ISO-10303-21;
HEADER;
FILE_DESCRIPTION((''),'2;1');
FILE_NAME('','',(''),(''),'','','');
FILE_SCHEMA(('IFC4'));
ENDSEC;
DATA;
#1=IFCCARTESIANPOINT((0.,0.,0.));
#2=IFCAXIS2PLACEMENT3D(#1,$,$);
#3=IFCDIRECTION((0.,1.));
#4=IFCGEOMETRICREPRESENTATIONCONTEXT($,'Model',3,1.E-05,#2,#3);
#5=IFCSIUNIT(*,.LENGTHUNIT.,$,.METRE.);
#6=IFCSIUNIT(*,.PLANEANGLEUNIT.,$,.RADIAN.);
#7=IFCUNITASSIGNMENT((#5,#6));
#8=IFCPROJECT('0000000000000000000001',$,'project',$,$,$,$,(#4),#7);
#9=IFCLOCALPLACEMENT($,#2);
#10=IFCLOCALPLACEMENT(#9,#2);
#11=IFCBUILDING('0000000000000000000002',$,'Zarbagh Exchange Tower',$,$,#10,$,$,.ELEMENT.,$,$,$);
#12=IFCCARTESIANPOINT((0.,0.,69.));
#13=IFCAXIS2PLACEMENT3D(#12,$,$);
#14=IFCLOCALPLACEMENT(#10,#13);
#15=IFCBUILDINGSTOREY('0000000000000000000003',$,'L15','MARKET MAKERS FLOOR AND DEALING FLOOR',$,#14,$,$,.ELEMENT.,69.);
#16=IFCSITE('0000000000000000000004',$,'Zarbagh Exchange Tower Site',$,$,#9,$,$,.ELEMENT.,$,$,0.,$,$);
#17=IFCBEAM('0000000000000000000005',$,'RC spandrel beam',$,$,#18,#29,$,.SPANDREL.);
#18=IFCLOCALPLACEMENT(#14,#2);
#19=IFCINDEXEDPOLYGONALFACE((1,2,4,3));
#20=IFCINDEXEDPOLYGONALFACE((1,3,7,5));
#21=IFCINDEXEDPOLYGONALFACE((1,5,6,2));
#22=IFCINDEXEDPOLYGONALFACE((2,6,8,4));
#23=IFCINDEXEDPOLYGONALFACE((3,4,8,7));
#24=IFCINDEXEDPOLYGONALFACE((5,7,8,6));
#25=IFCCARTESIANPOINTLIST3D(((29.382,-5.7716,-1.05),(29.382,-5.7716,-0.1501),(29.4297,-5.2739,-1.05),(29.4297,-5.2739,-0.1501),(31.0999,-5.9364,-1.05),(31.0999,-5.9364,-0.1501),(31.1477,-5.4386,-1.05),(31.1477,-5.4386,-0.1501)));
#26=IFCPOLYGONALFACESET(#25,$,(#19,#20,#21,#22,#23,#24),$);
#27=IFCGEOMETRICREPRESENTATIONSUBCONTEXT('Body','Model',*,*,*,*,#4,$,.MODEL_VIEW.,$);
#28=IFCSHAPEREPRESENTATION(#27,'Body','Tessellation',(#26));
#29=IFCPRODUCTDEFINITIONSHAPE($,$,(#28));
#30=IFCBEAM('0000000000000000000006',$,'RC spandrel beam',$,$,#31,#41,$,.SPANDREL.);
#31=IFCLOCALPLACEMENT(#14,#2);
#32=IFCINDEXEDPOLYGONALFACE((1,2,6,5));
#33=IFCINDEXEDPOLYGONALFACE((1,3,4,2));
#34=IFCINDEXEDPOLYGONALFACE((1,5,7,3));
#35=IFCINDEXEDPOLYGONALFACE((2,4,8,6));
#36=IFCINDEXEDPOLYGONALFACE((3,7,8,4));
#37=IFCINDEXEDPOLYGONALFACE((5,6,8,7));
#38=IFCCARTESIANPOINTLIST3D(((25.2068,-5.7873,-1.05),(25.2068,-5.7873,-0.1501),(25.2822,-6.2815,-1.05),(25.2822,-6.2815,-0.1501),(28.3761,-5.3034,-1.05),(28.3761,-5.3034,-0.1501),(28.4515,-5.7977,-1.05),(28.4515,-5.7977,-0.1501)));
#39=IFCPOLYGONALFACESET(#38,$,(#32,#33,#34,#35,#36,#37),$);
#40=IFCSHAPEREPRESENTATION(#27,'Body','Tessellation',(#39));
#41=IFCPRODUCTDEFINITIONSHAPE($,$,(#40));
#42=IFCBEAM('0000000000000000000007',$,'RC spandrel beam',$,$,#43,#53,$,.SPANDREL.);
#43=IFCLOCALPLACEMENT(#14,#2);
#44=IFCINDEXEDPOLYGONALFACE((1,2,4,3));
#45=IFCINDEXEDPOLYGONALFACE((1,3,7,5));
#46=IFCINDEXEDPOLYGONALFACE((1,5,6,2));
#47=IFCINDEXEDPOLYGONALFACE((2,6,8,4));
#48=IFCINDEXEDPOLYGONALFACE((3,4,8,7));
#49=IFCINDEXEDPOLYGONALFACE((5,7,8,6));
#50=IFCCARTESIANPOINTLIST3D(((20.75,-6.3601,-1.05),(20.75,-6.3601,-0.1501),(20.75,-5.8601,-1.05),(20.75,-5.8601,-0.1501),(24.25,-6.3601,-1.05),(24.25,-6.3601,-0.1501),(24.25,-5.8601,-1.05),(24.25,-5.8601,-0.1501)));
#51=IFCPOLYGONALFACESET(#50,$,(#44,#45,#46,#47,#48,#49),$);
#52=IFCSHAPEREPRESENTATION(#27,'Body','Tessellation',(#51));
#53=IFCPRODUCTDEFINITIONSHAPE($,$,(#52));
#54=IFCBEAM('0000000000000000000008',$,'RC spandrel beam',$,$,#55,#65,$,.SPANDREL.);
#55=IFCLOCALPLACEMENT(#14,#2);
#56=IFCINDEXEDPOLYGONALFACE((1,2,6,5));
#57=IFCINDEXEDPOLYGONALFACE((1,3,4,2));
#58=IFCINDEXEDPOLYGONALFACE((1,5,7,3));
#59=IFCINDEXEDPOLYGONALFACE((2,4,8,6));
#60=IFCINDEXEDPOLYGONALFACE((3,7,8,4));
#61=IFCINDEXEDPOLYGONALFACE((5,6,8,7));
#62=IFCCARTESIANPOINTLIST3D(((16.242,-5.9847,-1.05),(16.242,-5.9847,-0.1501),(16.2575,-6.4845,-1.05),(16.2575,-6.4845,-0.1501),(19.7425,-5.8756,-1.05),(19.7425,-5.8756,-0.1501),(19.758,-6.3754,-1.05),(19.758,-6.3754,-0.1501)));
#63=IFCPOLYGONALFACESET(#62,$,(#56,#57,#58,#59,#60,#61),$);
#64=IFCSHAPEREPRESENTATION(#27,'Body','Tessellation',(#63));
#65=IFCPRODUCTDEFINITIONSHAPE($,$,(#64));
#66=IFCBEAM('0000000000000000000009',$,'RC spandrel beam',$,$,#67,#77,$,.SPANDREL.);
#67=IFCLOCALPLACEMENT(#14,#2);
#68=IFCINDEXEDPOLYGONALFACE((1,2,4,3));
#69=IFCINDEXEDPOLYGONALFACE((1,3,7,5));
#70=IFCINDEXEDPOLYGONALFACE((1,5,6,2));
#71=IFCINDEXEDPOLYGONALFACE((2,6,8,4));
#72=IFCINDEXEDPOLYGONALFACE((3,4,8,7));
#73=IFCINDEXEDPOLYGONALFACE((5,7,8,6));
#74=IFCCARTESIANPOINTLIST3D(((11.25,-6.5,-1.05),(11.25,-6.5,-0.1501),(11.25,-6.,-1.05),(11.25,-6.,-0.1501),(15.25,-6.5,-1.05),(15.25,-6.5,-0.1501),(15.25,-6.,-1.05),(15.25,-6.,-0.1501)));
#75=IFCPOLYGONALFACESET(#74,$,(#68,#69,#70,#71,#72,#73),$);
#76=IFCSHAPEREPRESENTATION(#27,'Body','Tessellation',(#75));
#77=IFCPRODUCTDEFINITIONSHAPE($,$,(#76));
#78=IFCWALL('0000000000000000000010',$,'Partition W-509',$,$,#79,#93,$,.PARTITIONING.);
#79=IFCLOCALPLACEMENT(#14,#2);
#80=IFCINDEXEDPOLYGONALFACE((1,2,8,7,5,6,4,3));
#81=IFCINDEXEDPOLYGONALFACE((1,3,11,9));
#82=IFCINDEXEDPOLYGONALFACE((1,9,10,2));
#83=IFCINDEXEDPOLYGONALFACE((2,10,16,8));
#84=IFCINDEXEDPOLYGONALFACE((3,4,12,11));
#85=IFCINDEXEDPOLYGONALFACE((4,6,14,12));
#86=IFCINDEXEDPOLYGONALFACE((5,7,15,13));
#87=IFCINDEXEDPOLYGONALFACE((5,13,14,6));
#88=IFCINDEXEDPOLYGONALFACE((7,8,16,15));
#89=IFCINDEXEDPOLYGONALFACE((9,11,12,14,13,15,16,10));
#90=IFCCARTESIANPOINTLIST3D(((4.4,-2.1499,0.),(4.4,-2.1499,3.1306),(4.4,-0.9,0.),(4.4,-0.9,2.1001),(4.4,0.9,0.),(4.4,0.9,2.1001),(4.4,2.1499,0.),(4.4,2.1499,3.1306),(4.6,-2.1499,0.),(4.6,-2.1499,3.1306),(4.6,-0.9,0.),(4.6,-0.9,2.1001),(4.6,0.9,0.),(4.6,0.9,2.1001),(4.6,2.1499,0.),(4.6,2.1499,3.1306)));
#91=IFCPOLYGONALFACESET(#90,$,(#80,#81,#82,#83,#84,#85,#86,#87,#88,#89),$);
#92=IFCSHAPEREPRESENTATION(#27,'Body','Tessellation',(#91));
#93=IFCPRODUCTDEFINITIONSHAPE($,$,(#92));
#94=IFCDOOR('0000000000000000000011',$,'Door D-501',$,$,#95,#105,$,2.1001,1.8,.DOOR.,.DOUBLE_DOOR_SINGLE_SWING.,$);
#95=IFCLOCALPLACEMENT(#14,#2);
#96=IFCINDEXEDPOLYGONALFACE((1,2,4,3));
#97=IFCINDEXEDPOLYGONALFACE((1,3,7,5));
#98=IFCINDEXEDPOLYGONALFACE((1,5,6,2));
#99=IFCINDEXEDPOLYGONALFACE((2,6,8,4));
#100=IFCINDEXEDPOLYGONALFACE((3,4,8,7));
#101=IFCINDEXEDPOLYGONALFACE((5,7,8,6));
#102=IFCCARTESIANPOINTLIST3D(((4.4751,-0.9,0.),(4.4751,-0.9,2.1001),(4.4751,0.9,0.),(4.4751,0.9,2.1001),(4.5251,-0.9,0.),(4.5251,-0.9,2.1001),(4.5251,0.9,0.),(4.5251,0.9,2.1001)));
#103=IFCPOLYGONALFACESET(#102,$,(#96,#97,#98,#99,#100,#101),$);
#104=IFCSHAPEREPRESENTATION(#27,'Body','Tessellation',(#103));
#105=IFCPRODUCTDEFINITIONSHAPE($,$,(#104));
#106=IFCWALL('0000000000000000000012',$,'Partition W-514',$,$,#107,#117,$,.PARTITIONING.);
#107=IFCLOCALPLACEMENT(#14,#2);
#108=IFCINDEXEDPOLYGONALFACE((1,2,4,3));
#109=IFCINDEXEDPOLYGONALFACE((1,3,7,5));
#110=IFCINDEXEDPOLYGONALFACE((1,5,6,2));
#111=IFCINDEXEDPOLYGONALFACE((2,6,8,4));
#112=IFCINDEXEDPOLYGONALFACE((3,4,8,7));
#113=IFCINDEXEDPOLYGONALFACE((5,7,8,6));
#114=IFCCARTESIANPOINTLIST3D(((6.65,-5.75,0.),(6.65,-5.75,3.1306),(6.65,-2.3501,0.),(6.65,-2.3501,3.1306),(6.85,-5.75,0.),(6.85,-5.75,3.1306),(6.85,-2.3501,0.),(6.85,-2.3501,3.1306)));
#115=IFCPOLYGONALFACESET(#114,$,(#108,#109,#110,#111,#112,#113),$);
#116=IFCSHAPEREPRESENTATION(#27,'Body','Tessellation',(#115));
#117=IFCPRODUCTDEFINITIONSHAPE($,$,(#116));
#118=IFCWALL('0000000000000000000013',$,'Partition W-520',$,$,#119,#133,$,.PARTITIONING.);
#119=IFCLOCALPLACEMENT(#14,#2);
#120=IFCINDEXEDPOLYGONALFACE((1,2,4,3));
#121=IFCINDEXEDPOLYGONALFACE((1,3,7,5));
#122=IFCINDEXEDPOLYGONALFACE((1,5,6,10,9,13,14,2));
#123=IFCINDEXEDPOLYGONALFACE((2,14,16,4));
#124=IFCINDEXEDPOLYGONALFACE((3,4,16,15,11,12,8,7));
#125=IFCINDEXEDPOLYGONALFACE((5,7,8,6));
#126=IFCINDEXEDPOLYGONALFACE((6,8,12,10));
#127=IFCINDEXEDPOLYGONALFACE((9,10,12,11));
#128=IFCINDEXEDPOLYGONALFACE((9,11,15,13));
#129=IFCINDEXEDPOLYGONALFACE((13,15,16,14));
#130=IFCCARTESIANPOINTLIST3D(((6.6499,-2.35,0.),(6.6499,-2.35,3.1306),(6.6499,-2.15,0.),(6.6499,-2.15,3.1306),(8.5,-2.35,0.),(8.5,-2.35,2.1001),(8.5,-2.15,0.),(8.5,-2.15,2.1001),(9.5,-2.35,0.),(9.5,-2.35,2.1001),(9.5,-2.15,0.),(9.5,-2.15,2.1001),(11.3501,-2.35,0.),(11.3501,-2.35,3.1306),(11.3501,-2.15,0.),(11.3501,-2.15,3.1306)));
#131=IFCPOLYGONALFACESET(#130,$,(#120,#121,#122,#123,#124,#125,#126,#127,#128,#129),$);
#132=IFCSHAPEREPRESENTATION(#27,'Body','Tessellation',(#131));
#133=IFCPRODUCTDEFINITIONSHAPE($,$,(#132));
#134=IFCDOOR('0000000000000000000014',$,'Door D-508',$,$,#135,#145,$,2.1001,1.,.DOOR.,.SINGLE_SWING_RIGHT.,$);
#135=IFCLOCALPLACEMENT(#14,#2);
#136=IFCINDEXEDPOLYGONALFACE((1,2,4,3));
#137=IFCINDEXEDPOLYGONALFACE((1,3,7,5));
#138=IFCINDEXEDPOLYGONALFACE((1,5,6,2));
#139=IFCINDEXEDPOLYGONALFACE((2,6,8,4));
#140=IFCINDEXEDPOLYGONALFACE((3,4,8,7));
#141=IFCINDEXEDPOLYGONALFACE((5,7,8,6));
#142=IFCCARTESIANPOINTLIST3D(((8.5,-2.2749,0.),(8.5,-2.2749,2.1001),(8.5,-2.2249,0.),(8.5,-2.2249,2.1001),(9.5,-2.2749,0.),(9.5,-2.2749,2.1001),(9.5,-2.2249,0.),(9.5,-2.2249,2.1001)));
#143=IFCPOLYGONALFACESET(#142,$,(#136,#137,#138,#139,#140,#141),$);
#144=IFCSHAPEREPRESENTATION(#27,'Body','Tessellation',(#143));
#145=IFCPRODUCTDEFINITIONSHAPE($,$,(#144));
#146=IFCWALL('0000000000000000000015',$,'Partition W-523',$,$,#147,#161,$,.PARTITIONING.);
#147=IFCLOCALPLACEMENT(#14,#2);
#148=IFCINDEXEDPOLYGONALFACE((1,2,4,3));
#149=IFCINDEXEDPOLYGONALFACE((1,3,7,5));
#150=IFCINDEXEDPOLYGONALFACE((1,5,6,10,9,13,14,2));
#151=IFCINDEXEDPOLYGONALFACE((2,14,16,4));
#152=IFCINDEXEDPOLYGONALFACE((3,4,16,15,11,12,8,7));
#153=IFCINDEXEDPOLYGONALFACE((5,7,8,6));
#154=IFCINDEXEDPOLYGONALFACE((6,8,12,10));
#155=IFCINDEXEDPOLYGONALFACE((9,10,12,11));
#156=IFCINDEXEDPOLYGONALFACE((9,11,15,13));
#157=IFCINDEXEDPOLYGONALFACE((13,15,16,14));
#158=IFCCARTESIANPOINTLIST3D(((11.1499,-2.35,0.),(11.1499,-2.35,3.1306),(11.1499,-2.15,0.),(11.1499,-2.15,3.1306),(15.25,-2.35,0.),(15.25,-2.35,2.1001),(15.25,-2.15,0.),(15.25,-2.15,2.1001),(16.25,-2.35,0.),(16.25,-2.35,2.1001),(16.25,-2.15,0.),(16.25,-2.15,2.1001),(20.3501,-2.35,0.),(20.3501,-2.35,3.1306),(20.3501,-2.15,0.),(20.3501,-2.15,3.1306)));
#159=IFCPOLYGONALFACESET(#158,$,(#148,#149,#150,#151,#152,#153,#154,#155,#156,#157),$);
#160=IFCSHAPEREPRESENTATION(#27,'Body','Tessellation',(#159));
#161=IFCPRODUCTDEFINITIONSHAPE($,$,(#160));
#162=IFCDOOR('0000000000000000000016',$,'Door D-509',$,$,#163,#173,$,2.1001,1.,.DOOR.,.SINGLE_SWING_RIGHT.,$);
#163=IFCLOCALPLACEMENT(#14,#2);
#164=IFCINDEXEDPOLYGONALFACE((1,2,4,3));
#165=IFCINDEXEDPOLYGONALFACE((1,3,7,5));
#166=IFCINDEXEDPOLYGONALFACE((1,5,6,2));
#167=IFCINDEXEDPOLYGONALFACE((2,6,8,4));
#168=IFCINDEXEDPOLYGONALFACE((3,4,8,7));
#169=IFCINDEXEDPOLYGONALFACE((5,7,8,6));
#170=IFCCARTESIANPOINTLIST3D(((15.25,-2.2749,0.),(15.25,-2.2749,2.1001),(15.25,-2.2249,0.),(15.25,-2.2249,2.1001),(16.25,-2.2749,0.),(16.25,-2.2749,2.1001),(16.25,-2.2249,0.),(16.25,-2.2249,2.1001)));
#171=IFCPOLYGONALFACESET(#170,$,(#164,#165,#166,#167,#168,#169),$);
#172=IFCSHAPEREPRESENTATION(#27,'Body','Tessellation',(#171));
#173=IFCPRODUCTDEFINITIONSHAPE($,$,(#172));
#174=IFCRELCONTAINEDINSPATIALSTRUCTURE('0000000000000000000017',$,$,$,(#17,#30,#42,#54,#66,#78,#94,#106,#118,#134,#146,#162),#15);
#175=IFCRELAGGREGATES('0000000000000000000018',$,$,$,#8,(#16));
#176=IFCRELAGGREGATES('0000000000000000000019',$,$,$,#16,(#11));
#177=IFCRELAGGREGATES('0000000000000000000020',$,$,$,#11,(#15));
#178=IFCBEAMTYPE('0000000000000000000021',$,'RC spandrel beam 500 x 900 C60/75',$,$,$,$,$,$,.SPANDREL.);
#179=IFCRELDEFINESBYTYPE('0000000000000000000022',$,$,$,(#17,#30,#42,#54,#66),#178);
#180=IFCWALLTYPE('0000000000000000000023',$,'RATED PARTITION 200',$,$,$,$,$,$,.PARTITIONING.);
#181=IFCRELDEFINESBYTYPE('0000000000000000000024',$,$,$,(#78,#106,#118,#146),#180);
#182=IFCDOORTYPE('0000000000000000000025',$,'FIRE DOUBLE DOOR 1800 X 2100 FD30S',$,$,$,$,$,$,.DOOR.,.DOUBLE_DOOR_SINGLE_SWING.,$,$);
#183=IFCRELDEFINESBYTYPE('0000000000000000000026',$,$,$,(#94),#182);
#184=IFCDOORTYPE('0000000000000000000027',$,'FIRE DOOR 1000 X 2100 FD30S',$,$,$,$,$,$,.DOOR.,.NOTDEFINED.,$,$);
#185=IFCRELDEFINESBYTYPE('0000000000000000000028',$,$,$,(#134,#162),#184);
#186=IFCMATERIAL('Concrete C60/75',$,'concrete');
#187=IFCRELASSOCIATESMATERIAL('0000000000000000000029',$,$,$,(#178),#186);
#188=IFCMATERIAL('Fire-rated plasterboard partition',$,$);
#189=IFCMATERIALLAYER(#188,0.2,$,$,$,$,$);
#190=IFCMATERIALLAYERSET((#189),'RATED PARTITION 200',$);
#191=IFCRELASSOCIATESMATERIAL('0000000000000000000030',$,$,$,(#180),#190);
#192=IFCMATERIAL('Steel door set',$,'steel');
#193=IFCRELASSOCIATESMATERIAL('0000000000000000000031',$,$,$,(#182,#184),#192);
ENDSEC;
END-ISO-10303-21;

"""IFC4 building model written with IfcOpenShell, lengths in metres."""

from ifc_helpers import new_model, si_unit, direction, frame, frame_2d, origin, origin_2d, place, context, subcontext, project, spatial, rectangle, extrude, material, layer, layer_set, material_profile, profile_set, type_object, element, fill, save


model = new_model("IFC4")

# Units and contexts
model_context = context("Model", 3, precision=1e-05, world=origin(), true_north=direction((0.0, 1.0)))
body_context = subcontext(model_context, "Body", "Model", "MODEL_VIEW")
ifc_project = project(units=[si_unit("LENGTHUNIT", "METRE"), si_unit("PLANEANGLEUNIT", "RADIAN")], contexts=[model_context])

# Site, building, storey
site_placement = place(None, origin())
site = spatial("IfcSite", under=ifc_project, at=site_placement, Name="Zarbagh Exchange Tower Site", CompositionType="ELEMENT", RefElevation=0.0)
building_placement = place(site_placement, origin())
building = spatial("IfcBuilding", under=site, at=building_placement, Name="Zarbagh Exchange Tower", CompositionType="ELEMENT")
storey_placement = place(building_placement, frame((0.0, 0.0, 69.0)))
storey = spatial("IfcBuildingStorey", under=building, at=storey_placement, Name="L15", Description="MARKET MAKERS FLOOR AND DEALING FLOOR", CompositionType="ELEMENT", Elevation=69.0)

# Shared definitions
ifc_material_1 = material(Name="Concrete C60/75", Category="concrete")

# Beams
ifc_material_profile_1 = material_profile(ifc_material_1, rectangle(XDim=0.5, YDim=0.8999, at=origin_2d()), Name="RC spandrel beam 500 x 900 C60/75")
ifc_profile_set_1 = profile_set([ifc_material_profile_1], Name="Concrete C60/75")
beam_type_1 = type_object("IfcBeamType", Name="RC spandrel beam 500 x 900 C60/75", PredefinedType="SPANDREL", material=ifc_profile_set_1)
beam_1_placement = place(storey_placement, frame((31.1238, -5.6875, -0.6001), z_axis=(-0.995431, 0.095483, 0.0), x_axis=(-0.095483, -0.995431, 0.0)))
element("IfcBeam", 1, at=beam_1_placement, inside=storey, type_object=beam_type_1, Name="RC spandrel beam", PredefinedType="SPANDREL", context=body_context, shape_type="SweptSolid", body=[
    extrude(rectangle(XDim=0.5, YDim=0.8999, at=origin_2d()), origin(), (0.0, 0.0, 1.0), 1.7258),
])
beam_2_placement = place(storey_placement, frame((28.4138, -5.5505, -0.6001), z_axis=(-0.988545, -0.150924, 0.0), x_axis=(0.150924, -0.988545, 0.0)))
element("IfcBeam", 2, at=beam_2_placement, inside=storey, type_object=beam_type_1, Name="RC spandrel beam", PredefinedType="SPANDREL", context=body_context, shape_type="SweptSolid", body=[
    extrude(rectangle(XDim=0.5, YDim=0.8999, at=origin_2d()), origin(), (0.0, 0.0, 1.0), 3.2061),
])
beam_3_placement = place(storey_placement, frame((24.25, -6.1101, -0.6001), z_axis=(-1.0, 0.0, 0.0), x_axis=(0.0, -1.0, 0.0)))
element("IfcBeam", 3, at=beam_3_placement, inside=storey, type_object=beam_type_1, Name="RC spandrel beam", PredefinedType="SPANDREL", context=body_context, shape_type="SweptSolid", body=[
    extrude(rectangle(XDim=0.5, YDim=0.8999, at=origin_2d()), origin(), (0.0, 0.0, 1.0), 3.5),
])
beam_4_placement = place(storey_placement, frame((19.7502, -6.1255, -0.6001), z_axis=(-0.999514, -0.031161, 0.0), x_axis=(0.031161, -0.999514, 0.0)))
element("IfcBeam", 4, at=beam_4_placement, inside=storey, type_object=beam_type_1, Name="RC spandrel beam", PredefinedType="SPANDREL", context=body_context, shape_type="SweptSolid", body=[
    extrude(rectangle(XDim=0.5, YDim=0.8999, at=origin_2d()), origin(), (0.0, 0.0, 1.0), 3.5022),
])
beam_5_placement = place(storey_placement, frame((15.25, -6.25, -0.6001), z_axis=(-1.0, 0.0, 0.0), x_axis=(0.0, -1.0, 0.0)))
element("IfcBeam", 5, at=beam_5_placement, inside=storey, type_object=beam_type_1, Name="RC spandrel beam", PredefinedType="SPANDREL", context=body_context, shape_type="SweptSolid", body=[
    extrude(rectangle(XDim=0.5, YDim=0.8999, at=origin_2d()), origin(), (0.0, 0.0, 1.0), 4.0),
])

# Wall, opening, door
ifc_material_2 = material(Name="Fire-rated plasterboard partition")
ifc_layer = layer(ifc_material_2, 0.2)
ifc_layer_set = layer_set([ifc_layer], Name="RATED PARTITION 200")
wall_type = type_object("IfcWallType", Name="RATED PARTITION 200", PredefinedType="PARTITIONING", material=ifc_layer_set)
wall_1_placement = place(storey_placement, frame((4.5, -2.1499, 0.0), z_axis=(0.0, 0.0, 1.0), x_axis=(0.0, 1.0, 0.0)))
wall_1 = element("IfcWall", 6, at=wall_1_placement, inside=storey, type_object=wall_type, Name="Partition W-509", PredefinedType="PARTITIONING", context=body_context, shape_type="SweptSolid", body=[
    extrude(rectangle(XDim=4.2998, YDim=0.2, at=frame_2d((2.1499, 0.0))), origin(), (0.0, 0.0, 1.0), 3.1306),
])
opening_1_placement = place(wall_1_placement, frame((1.25, 0.0, 0.0)))
opening_1 = element("IfcOpeningElement", 7, at=opening_1_placement, cuts=wall_1, PredefinedType="OPENING", context=body_context, shape_type="SweptSolid", body=[
    extrude(rectangle(XDim=1.8, YDim=2.1001, at=frame_2d((0.8999, 1.05))), frame((0.0, 0.1099, 0.0), z_axis=(0.0, -1.0, 0.0), x_axis=(1.0, 0.0, 0.0)), (0.0, 0.0, 1.0), 0.22),
])
ifc_material_3 = material(Name="Steel door set", Category="steel")
door_type_1 = type_object("IfcDoorType", Name="FIRE DOUBLE DOOR 1800 X 2100 FD30S", OperationType="DOUBLE_DOOR_SINGLE_SWING", PredefinedType="DOOR", material=ifc_material_3)
door_1_placement = place(opening_1_placement, origin())
door_1 = element("IfcDoor", 8, at=door_1_placement, inside=storey, type_object=door_type_1, Name="Door D-501", OperationType="DOUBLE_DOOR_SINGLE_SWING", OverallHeight=2.1001, OverallWidth=1.8, PredefinedType="DOOR", context=body_context, shape_type="SweptSolid", body=[
    extrude(rectangle(XDim=1.8, YDim=2.1001, at=frame_2d((0.8999, 1.05))), frame((0.0, 0.0249, 0.0), z_axis=(0.0, -1.0, 0.0), x_axis=(1.0, 0.0, 0.0)), (0.0, 0.0, 1.0), 0.05),
])
fill(opening_1, door_1)

# Wall
wall_2_placement = place(storey_placement, frame((6.75, -5.75, 0.0), z_axis=(0.0, 0.0, 1.0), x_axis=(0.0, 1.0, 0.0)))
element("IfcWall", 9, at=wall_2_placement, inside=storey, type_object=wall_type, Name="Partition W-514", PredefinedType="PARTITIONING", context=body_context, shape_type="SweptSolid", body=[
    extrude(rectangle(XDim=3.3999, YDim=0.2, at=frame_2d((1.7, 0.0))), origin(), (0.0, 0.0, 1.0), 3.1306),
])

# Walls, openings, doors
wall_3_placement = place(storey_placement, frame((11.3501, -2.25, 0.0), z_axis=(0.0, 0.0, 1.0), x_axis=(-1.0, 0.0, 0.0)))
wall_3 = element("IfcWall", 10, at=wall_3_placement, inside=storey, type_object=wall_type, Name="Partition W-520", PredefinedType="PARTITIONING", context=body_context, shape_type="SweptSolid", body=[
    extrude(rectangle(XDim=4.7002, YDim=0.2, at=frame_2d((2.3501, 0.0))), origin(), (0.0, 0.0, 1.0), 3.1306),
])
opening_2_placement = place(wall_3_placement, frame((1.8501, 0.0, 0.0)))
opening_2 = element("IfcOpeningElement", 11, at=opening_2_placement, cuts=wall_3, PredefinedType="OPENING", context=body_context, shape_type="SweptSolid", body=[
    extrude(rectangle(XDim=1.0, YDim=2.1001, at=frame_2d((0.5, 1.05))), frame((0.0, 0.1099, 0.0), z_axis=(0.0, -1.0, 0.0), x_axis=(1.0, 0.0, 0.0)), (0.0, 0.0, 1.0), 0.22),
])
door_type_2 = type_object("IfcDoorType", Name="FIRE DOOR 1000 X 2100 FD30S", OperationType="NOTDEFINED", PredefinedType="DOOR", material=ifc_material_3)
door_2_placement = place(opening_2_placement, origin())
door_2 = element("IfcDoor", 12, at=door_2_placement, inside=storey, type_object=door_type_2, Name="Door D-508", OperationType="SINGLE_SWING_RIGHT", OverallHeight=2.1001, OverallWidth=1.0, PredefinedType="DOOR", context=body_context, shape_type="SweptSolid", body=[
    extrude(rectangle(XDim=1.0, YDim=2.1001, at=frame_2d((0.5, 1.05))), frame((0.0, 0.0249, 0.0), z_axis=(0.0, -1.0, 0.0), x_axis=(1.0, 0.0, 0.0)), (0.0, 0.0, 1.0), 0.05),
])
fill(opening_2, door_2)
wall_4_placement = place(storey_placement, frame((20.3501, -2.25, 0.0), z_axis=(0.0, 0.0, 1.0), x_axis=(-1.0, 0.0, 0.0)))
wall_4 = element("IfcWall", 13, at=wall_4_placement, inside=storey, type_object=wall_type, Name="Partition W-523", PredefinedType="PARTITIONING", context=body_context, shape_type="SweptSolid", body=[
    extrude(rectangle(XDim=9.2002, YDim=0.2, at=frame_2d((4.6001, 0.0))), origin(), (0.0, 0.0, 1.0), 3.1306),
])
opening_3_placement = place(wall_4_placement, frame((4.1001, 0.0, 0.0)))
opening_3 = element("IfcOpeningElement", 14, at=opening_3_placement, cuts=wall_4, PredefinedType="OPENING", context=body_context, shape_type="SweptSolid", body=[
    extrude(rectangle(XDim=1.0, YDim=2.1001, at=frame_2d((0.5, 1.05))), frame((0.0, 0.1099, 0.0), z_axis=(0.0, -1.0, 0.0), x_axis=(1.0, 0.0, 0.0)), (0.0, 0.0, 1.0), 0.22),
])
door_3_placement = place(opening_3_placement, origin())
door_3 = element("IfcDoor", 15, at=door_3_placement, inside=storey, type_object=door_type_2, Name="Door D-509", OperationType="SINGLE_SWING_RIGHT", OverallHeight=2.1001, OverallWidth=1.0, PredefinedType="DOOR", context=body_context, shape_type="SweptSolid", body=[
    extrude(rectangle(XDim=1.0, YDim=2.1001, at=frame_2d((0.5, 1.05))), frame((0.0, 0.0249, 0.0), z_axis=(0.0, -1.0, 0.0), x_axis=(1.0, 0.0, 0.0)), (0.0, 0.0, 1.0), 0.05),
])
fill(opening_3, door_3)

save(model, "model.ifc")
